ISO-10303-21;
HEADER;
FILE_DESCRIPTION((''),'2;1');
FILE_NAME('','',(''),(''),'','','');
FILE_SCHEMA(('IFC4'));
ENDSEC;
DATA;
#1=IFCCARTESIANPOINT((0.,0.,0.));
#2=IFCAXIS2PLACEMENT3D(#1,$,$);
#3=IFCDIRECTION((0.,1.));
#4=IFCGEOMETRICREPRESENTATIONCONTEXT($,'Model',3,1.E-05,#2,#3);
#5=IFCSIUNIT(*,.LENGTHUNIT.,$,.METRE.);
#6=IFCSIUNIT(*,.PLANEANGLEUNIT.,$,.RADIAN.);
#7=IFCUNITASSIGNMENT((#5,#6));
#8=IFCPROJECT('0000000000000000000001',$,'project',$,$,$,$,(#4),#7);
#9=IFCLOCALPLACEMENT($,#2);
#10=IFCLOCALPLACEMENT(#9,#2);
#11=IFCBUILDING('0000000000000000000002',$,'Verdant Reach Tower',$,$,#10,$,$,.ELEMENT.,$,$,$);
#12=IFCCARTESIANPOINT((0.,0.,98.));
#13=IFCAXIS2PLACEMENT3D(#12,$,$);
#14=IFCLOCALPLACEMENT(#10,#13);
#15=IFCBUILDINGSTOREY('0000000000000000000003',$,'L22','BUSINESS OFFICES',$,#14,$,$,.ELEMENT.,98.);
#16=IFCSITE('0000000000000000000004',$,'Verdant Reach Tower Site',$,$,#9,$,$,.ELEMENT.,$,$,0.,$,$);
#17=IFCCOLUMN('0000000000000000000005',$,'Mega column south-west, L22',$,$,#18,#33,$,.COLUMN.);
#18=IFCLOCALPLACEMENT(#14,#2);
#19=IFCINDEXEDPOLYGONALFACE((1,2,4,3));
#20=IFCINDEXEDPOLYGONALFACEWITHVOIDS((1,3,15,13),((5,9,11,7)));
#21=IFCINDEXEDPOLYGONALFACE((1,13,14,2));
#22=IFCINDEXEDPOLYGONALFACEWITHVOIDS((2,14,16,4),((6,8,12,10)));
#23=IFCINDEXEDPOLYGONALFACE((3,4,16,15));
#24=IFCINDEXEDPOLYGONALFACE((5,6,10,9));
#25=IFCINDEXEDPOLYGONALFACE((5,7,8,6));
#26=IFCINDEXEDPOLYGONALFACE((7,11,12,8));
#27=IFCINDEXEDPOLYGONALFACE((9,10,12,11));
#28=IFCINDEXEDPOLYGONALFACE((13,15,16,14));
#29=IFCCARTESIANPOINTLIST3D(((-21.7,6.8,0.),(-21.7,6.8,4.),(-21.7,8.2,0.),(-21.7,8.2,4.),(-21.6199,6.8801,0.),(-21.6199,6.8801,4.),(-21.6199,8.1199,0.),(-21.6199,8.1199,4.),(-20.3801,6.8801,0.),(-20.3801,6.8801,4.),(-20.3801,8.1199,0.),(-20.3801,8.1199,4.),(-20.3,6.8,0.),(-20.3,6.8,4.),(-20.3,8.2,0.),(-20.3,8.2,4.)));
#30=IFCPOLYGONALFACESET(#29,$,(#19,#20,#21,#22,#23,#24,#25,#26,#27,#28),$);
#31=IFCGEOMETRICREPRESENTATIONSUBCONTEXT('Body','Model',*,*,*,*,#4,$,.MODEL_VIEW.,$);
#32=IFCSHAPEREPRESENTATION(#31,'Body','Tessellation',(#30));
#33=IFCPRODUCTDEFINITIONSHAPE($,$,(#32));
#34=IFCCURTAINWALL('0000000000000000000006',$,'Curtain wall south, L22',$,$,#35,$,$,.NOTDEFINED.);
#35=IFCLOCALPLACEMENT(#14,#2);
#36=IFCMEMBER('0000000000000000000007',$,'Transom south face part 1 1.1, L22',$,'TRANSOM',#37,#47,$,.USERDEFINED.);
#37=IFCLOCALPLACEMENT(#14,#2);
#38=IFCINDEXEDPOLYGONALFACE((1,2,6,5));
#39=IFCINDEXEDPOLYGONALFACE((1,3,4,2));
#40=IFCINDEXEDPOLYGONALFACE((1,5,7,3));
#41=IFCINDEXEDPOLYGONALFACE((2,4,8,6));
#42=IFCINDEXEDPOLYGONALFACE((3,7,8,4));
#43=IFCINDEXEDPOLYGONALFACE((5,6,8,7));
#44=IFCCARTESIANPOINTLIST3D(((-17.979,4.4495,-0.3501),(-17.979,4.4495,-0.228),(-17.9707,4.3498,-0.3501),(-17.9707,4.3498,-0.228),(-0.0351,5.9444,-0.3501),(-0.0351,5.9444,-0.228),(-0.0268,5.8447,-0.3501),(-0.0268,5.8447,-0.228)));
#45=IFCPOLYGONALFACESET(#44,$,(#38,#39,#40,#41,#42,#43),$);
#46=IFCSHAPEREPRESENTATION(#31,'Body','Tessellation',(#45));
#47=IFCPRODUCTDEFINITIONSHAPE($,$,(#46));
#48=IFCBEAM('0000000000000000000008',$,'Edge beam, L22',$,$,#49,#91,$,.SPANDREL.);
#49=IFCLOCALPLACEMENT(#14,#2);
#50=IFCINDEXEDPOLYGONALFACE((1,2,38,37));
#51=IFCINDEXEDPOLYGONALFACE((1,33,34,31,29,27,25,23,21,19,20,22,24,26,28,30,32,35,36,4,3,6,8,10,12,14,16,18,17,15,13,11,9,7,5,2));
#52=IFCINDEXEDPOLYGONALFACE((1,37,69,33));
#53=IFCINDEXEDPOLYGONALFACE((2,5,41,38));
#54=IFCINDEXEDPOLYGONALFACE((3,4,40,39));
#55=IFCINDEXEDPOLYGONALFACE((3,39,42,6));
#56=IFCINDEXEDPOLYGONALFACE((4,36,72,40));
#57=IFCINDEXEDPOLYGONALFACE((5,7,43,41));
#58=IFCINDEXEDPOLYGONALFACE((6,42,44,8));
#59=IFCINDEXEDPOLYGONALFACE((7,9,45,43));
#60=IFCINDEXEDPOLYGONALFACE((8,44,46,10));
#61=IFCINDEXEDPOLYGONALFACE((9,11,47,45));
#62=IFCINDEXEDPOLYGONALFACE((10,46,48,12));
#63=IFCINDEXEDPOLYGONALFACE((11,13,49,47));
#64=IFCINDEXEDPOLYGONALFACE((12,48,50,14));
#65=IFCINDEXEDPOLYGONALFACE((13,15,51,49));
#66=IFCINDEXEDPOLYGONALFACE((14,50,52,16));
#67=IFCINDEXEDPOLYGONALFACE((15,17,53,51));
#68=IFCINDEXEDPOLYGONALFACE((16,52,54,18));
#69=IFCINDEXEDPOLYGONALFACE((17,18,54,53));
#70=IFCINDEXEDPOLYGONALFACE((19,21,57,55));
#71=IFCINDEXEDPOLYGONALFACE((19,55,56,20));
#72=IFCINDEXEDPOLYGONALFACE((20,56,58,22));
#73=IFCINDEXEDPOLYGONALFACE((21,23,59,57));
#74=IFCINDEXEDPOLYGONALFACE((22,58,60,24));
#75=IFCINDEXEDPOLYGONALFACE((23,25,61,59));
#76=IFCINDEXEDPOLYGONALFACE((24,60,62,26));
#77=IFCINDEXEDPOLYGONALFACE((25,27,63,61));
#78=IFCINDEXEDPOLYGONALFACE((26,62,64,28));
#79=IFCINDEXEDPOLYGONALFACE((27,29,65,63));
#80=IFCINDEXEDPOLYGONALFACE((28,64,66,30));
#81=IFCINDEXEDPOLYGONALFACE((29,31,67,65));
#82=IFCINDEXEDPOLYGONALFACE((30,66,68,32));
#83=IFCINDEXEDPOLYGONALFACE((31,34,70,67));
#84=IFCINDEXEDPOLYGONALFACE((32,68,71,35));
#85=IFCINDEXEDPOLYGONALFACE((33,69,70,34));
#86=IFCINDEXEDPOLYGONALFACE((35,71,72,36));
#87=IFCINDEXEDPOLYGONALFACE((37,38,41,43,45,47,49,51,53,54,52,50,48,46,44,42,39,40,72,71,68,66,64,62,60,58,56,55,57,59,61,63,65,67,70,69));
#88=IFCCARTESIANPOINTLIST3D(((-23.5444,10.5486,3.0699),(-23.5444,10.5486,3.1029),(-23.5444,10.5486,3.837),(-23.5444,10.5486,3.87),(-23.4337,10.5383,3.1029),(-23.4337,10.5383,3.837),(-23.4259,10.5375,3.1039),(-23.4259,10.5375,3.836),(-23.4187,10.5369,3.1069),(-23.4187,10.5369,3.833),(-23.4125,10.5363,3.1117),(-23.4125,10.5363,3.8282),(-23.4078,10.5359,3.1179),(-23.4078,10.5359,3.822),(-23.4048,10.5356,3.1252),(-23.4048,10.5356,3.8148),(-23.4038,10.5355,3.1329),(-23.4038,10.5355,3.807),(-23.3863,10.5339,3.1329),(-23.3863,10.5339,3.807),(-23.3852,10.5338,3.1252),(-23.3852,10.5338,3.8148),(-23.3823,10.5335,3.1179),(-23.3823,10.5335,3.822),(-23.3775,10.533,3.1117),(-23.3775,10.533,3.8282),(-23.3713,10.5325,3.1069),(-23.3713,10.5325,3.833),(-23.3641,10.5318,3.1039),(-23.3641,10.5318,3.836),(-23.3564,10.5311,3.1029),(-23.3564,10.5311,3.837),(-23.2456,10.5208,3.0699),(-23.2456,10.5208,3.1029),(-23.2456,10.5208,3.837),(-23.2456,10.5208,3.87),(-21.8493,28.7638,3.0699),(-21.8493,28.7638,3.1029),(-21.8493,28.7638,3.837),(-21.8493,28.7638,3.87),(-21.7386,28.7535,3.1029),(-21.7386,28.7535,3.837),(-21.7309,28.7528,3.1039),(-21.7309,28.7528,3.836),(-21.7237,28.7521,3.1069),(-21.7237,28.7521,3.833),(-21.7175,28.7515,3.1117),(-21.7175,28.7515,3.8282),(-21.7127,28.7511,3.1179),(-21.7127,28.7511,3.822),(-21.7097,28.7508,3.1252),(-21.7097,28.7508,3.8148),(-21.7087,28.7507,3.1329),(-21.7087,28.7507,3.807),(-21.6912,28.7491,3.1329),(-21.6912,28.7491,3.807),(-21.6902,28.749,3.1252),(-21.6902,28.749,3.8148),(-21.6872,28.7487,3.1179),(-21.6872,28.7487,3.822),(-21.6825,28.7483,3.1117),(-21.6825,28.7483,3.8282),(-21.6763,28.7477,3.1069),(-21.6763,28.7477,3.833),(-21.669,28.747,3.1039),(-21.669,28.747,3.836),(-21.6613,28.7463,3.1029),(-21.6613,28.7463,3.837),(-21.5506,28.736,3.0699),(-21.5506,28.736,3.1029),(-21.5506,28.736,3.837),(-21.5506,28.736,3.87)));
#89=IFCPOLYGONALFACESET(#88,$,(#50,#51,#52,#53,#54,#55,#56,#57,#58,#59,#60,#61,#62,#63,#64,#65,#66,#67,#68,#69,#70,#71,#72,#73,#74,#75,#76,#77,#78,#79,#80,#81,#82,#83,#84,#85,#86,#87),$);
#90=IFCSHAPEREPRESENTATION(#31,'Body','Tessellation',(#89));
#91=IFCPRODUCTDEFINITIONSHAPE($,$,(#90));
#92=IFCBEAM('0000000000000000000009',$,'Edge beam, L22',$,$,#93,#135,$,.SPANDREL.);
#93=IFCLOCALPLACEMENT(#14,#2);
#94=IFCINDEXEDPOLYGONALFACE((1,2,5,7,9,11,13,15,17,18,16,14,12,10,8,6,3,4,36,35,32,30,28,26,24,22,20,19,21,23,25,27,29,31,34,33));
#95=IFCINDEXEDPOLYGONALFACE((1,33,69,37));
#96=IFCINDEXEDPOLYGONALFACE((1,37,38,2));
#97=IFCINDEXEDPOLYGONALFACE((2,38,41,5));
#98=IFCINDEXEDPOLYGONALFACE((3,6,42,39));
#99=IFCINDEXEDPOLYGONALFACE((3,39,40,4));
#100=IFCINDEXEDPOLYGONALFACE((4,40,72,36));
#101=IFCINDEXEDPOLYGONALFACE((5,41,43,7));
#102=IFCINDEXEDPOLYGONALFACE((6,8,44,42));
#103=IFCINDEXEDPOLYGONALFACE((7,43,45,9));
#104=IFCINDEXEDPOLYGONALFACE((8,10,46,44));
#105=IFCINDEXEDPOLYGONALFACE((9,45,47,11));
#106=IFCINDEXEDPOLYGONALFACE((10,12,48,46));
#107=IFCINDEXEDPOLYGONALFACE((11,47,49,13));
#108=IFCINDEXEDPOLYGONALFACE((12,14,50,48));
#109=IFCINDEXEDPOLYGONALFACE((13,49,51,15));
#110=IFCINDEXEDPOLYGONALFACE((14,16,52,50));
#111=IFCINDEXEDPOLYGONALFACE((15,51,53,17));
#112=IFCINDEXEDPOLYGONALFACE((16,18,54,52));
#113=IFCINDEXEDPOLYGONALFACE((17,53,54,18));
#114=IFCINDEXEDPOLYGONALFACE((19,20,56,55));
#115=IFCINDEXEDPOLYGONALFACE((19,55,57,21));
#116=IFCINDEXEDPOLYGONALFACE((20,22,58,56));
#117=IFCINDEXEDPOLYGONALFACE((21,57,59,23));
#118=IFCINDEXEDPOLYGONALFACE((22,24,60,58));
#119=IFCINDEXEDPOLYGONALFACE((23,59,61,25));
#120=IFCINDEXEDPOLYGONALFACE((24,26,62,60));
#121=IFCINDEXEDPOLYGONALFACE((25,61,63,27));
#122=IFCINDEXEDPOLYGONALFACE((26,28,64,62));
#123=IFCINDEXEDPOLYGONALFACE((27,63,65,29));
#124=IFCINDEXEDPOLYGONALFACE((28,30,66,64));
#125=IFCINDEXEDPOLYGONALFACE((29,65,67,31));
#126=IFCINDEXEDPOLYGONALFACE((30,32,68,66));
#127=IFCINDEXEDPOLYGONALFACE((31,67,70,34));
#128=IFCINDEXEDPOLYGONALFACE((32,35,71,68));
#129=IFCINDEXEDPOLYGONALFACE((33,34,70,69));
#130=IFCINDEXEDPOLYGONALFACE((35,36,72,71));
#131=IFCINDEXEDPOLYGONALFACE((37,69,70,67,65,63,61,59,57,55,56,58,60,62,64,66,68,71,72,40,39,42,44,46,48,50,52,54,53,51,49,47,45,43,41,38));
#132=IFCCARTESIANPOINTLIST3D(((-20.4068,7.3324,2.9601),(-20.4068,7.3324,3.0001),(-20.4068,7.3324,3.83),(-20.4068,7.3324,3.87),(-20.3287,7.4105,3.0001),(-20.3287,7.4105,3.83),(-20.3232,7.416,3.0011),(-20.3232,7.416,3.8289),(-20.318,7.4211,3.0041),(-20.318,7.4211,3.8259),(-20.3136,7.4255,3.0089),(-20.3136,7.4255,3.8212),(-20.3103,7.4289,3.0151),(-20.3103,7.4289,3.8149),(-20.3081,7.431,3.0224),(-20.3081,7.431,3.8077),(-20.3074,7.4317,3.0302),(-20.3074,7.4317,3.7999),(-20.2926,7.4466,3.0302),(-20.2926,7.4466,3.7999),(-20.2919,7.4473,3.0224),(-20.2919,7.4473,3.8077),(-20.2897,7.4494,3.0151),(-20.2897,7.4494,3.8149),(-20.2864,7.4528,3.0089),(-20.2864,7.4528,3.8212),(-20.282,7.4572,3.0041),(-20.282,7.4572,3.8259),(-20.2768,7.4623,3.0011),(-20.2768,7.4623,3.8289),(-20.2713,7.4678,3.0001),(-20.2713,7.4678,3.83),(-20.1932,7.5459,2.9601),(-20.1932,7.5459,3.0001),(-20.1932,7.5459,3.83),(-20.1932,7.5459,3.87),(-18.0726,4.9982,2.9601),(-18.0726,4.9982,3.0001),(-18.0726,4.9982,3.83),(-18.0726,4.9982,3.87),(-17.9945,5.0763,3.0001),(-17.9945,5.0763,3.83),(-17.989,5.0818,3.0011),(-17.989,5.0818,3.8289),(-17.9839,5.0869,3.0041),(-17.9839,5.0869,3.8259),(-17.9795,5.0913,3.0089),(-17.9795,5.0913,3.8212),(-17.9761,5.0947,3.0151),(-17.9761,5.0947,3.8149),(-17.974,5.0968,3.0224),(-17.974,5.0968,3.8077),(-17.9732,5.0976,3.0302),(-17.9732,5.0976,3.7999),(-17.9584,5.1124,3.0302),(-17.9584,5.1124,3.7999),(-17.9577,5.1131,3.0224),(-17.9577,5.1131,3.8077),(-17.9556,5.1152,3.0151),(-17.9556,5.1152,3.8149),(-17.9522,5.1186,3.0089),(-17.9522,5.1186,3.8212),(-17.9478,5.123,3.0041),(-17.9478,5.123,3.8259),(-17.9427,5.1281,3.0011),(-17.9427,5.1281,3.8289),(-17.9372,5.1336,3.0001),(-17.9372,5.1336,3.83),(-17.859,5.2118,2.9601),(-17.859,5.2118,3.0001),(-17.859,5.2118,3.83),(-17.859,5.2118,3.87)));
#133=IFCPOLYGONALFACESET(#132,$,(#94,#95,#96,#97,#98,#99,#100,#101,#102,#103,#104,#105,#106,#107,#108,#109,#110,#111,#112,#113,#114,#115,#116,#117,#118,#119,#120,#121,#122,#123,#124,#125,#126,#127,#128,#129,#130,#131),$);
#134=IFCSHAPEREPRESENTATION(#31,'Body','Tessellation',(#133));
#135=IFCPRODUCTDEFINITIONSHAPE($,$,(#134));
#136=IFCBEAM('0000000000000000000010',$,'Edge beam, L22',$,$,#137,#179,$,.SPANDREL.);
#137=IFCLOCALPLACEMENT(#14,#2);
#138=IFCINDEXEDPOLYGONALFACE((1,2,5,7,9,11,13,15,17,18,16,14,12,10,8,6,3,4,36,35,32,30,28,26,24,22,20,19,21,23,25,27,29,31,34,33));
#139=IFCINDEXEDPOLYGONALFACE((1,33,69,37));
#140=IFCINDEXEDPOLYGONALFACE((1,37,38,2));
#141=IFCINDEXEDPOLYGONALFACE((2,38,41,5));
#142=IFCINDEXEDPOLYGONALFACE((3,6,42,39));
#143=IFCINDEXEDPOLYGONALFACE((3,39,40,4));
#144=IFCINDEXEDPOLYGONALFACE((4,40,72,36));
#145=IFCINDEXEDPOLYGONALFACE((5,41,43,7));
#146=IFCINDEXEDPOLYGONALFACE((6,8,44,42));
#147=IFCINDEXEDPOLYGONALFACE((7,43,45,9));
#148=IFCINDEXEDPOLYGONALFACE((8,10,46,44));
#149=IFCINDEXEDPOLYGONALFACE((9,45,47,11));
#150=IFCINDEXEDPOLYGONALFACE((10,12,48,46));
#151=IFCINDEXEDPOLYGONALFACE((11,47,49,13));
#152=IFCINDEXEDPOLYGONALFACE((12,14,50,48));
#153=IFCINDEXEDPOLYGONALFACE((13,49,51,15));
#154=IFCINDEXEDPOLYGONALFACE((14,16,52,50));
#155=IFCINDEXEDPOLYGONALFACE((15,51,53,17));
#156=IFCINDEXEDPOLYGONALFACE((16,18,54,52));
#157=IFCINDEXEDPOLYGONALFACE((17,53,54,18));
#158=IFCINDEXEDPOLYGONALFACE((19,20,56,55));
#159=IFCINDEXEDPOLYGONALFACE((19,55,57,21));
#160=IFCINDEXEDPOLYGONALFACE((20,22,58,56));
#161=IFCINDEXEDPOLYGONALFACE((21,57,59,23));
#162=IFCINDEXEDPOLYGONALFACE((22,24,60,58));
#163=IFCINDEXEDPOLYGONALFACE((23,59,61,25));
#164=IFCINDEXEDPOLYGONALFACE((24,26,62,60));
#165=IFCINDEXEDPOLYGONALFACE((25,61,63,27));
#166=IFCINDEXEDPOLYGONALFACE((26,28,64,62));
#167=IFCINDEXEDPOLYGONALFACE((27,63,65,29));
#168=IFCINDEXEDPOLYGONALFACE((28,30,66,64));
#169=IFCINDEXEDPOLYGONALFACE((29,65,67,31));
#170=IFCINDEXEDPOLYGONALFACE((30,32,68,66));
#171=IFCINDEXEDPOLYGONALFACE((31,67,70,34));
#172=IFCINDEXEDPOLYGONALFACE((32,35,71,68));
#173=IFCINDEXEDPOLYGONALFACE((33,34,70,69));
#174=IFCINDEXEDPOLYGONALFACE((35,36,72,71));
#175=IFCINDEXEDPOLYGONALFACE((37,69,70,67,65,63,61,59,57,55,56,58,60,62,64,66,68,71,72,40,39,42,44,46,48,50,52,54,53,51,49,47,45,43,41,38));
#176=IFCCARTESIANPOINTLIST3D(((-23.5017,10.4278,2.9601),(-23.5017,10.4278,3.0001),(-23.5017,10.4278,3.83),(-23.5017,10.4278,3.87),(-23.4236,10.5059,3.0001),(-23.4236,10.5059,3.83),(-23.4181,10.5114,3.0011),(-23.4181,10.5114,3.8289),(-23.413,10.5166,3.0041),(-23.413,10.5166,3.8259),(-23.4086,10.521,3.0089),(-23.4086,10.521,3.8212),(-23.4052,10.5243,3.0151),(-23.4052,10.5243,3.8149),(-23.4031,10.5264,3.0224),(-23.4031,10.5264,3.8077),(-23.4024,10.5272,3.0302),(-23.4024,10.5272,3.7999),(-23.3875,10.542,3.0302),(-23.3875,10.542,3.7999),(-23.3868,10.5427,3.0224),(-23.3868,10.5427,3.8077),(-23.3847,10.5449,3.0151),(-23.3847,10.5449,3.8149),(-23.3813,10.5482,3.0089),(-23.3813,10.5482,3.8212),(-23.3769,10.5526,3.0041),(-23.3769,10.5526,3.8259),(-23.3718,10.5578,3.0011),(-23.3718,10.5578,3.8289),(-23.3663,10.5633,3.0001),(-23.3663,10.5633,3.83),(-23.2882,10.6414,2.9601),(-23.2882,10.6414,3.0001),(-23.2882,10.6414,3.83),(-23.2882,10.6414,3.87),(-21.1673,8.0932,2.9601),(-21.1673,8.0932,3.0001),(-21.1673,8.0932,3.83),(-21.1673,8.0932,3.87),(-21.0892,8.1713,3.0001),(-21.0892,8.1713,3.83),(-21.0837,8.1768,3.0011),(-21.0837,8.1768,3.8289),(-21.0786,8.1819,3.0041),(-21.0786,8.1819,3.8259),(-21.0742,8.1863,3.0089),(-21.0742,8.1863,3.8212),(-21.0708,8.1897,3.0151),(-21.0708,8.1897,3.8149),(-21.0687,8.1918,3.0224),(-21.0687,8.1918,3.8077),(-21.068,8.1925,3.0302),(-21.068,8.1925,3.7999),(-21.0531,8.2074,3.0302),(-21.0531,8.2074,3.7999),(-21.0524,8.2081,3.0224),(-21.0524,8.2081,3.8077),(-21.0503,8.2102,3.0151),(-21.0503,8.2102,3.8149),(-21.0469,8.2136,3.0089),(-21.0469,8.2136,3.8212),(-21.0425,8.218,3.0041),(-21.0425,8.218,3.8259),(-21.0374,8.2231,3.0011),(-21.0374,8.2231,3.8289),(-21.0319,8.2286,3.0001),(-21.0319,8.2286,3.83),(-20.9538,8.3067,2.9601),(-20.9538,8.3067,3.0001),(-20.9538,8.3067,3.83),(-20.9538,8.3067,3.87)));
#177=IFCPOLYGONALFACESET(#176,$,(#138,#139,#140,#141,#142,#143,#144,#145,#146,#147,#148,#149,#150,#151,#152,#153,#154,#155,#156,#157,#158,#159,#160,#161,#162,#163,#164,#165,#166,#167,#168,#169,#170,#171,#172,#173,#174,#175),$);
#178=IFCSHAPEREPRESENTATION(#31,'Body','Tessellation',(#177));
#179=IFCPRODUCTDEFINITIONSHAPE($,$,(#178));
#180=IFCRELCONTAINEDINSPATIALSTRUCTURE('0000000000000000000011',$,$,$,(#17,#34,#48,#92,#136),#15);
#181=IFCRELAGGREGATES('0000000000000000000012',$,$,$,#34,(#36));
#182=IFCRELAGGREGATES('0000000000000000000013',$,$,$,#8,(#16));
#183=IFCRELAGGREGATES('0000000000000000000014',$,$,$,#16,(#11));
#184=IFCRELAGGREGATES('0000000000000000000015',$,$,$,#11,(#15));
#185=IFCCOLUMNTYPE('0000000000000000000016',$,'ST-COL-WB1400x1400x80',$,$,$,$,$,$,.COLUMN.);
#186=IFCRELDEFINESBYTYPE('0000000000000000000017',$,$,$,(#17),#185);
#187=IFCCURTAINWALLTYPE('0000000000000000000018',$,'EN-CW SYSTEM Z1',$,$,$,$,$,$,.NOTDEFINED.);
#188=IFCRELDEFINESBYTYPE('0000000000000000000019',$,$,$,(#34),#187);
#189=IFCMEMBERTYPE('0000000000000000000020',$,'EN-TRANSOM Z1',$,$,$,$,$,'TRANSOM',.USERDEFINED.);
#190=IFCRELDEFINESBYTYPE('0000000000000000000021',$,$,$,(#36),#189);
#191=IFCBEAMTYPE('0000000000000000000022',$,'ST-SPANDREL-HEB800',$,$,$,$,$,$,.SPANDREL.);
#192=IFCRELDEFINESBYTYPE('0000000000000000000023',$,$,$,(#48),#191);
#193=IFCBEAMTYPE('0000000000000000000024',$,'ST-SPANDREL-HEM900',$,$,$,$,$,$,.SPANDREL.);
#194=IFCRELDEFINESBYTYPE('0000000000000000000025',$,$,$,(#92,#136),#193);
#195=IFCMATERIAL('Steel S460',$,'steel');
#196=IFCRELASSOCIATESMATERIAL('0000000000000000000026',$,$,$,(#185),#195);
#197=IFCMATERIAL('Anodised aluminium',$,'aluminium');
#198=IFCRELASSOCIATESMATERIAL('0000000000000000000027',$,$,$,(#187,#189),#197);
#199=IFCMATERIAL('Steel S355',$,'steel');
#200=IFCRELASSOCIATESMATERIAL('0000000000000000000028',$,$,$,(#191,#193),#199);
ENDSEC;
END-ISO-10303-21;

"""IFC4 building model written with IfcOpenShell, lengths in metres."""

from ifc_helpers import new_model, si_unit, direction, frame, origin, origin_2d, place, context, subcontext, project, spatial, rectangle, hollow_rectangle, i_section, extrude, material, material_profile, profile_set, type_object, element, aggregate, save


model = new_model("IFC4")

# Units and contexts
model_context = context("Model", 3, precision=1e-05, world=origin(), true_north=direction((0.0, 1.0)))
body_context = subcontext(model_context, "Body", "Model", "MODEL_VIEW")
ifc_project = project(units=[si_unit("LENGTHUNIT", "METRE"), si_unit("PLANEANGLEUNIT", "RADIAN")], contexts=[model_context])

# Site, building, storey
site_placement = place(None, origin())
site = spatial("IfcSite", under=ifc_project, at=site_placement, Name="Verdant Reach Tower Site", CompositionType="ELEMENT", RefElevation=0.0)
building_placement = place(site_placement, origin())
building = spatial("IfcBuilding", under=site, at=building_placement, Name="Verdant Reach Tower", CompositionType="ELEMENT")
storey_placement = place(building_placement, frame((0.0, 0.0, 98.0)))
storey = spatial("IfcBuildingStorey", under=building, at=storey_placement, Name="L22", Description="BUSINESS OFFICES", CompositionType="ELEMENT", Elevation=98.0)

# Column
ifc_material_1 = material(Name="Steel S460", Category="steel")
ifc_material_profile_1 = material_profile(ifc_material_1, hollow_rectangle(XDim=1.3999, YDim=1.3999, WallThickness=0.0801, at=origin_2d()), Name="WB 1400x1400x80")
ifc_profile_set_1 = profile_set([ifc_material_profile_1], Name="Steel S460")
column_type = type_object("IfcColumnType", Name="ST-COL-WB1400x1400x80", PredefinedType="COLUMN", material=ifc_profile_set_1)
column_placement = place(storey_placement, frame((-21.0, 7.5, 0.0), z_axis=(0.0, 0.0, 1.0), x_axis=(1.0, 0.0, 0.0)))
element("IfcColumn", 1, at=column_placement, inside=storey, type_object=column_type, Name="Mega column south-west, L22", PredefinedType="COLUMN", context=body_context, shape_type="SweptSolid", body=[
    extrude(hollow_rectangle(XDim=1.3999, YDim=1.3999, WallThickness=0.0801, at=origin_2d()), origin(), (0.0, 0.0, 1.0), 4.0),
])

# Curtain wall, member
ifc_material_2 = material(Name="Anodised aluminium", Category="aluminium")
curtain_wall_type = type_object("IfcCurtainWallType", Name="EN-CW SYSTEM Z1", PredefinedType="NOTDEFINED", material=ifc_material_2)
curtain_wall_1_placement = place(storey_placement, origin())
curtain_wall_1 = element("IfcCurtainWall", 2, at=curtain_wall_1_placement, inside=storey, type_object=curtain_wall_type, Name="Curtain wall south, L22", PredefinedType="NOTDEFINED")
ifc_material_profile_2 = material_profile(ifc_material_2, rectangle(XDim=0.1001, YDim=0.1221, at=origin_2d()), Name="Transom 122x100")
ifc_profile_set_2 = profile_set([ifc_material_profile_2], Name="Anodised aluminium")
member_type = type_object("IfcMemberType", Name="EN-TRANSOM Z1", ElementType="TRANSOM", PredefinedType="USERDEFINED", material=ifc_profile_set_2)
member_placement = place(storey_placement, frame((-17.9749, 4.3997, -0.2891), z_axis=(0.996548, 0.083021, 0.0), x_axis=(-0.083021, 0.996548, 0.0)))
member = element("IfcMember", 3, at=member_placement, type_object=member_type, Name="Transom south face part 1 1.1, L22", ObjectType="TRANSOM", PredefinedType="USERDEFINED", context=body_context, shape_type="SweptSolid", body=[
    extrude(rectangle(XDim=0.1001, YDim=0.1221, at=origin_2d()), origin(), (0.0, 0.0, 1.0), 18.0061),
])

# Beams
ifc_material_3 = material(Name="Steel S355", Category="steel")
ifc_material_profile_3 = material_profile(ifc_material_3, i_section(OverallWidth=0.3, OverallDepth=0.8, WebThickness=0.0176, FlangeThickness=0.033, FilletRadius=0.03, at=origin_2d()), Name="HEB 800")
ifc_profile_set_3 = profile_set([ifc_material_profile_3], Name="Steel S355")
beam_type_1 = type_object("IfcBeamType", Name="ST-SPANDREL-HEB800", PredefinedType="SPANDREL", material=ifc_profile_set_3)
beam_1_placement = place(storey_placement, frame((-23.395, 10.5347, 3.47), z_axis=(0.092657, 0.995698, 0.0), x_axis=(-0.995698, 0.092657, 0.0)))
element("IfcBeam", 4, at=beam_1_placement, inside=storey, type_object=beam_type_1, Name="Edge beam, L22", PredefinedType="SPANDREL", context=body_context, shape_type="SweptSolid", body=[
    extrude(i_section(OverallWidth=0.3, OverallDepth=0.8, WebThickness=0.0176, FlangeThickness=0.033, FilletRadius=0.03, at=origin_2d()), origin(), (0.0, 0.0, 1.0), 18.2939),
])
ifc_material_profile_4 = material_profile(ifc_material_3, i_section(OverallWidth=0.302, OverallDepth=0.9099, WebThickness=0.021, FlangeThickness=0.04, FilletRadius=0.03, at=origin_2d()), Name="HEM 900")
ifc_profile_set_4 = profile_set([ifc_material_profile_4], Name="Steel S355")
beam_type_2 = type_object("IfcBeamType", Name="ST-SPANDREL-HEM900", PredefinedType="SPANDREL", material=ifc_profile_set_4)
beam_2_placement = place(storey_placement, frame((-17.9658, 5.105, 3.415), z_axis=(-0.707107, 0.707107, 0.0), x_axis=(-0.707107, -0.707107, 0.0)))
element("IfcBeam", 5, at=beam_2_placement, inside=storey, type_object=beam_type_2, Name="Edge beam, L22", PredefinedType="SPANDREL", context=body_context, shape_type="SweptSolid", body=[
    extrude(i_section(OverallWidth=0.302, OverallDepth=0.9099, WebThickness=0.021, FlangeThickness=0.04, FilletRadius=0.03, at=origin_2d()), origin(), (0.0, 0.0, 1.0), 3.301),
])
beam_3_placement = place(storey_placement, frame((-21.0605, 8.2, 3.415), z_axis=(-0.70707, 0.707144, 0.0), x_axis=(-0.707144, -0.70707, 0.0)))
element("IfcBeam", 6, at=beam_3_placement, inside=storey, type_object=beam_type_2, Name="Edge beam, L22", PredefinedType="SPANDREL", context=body_context, shape_type="SweptSolid", body=[
    extrude(i_section(OverallWidth=0.302, OverallDepth=0.9099, WebThickness=0.021, FlangeThickness=0.04, FilletRadius=0.03, at=origin_2d()), origin(), (0.0, 0.0, 1.0), 3.3015),
])

aggregate(curtain_wall_1, [member])

save(model, "model.ifc")
